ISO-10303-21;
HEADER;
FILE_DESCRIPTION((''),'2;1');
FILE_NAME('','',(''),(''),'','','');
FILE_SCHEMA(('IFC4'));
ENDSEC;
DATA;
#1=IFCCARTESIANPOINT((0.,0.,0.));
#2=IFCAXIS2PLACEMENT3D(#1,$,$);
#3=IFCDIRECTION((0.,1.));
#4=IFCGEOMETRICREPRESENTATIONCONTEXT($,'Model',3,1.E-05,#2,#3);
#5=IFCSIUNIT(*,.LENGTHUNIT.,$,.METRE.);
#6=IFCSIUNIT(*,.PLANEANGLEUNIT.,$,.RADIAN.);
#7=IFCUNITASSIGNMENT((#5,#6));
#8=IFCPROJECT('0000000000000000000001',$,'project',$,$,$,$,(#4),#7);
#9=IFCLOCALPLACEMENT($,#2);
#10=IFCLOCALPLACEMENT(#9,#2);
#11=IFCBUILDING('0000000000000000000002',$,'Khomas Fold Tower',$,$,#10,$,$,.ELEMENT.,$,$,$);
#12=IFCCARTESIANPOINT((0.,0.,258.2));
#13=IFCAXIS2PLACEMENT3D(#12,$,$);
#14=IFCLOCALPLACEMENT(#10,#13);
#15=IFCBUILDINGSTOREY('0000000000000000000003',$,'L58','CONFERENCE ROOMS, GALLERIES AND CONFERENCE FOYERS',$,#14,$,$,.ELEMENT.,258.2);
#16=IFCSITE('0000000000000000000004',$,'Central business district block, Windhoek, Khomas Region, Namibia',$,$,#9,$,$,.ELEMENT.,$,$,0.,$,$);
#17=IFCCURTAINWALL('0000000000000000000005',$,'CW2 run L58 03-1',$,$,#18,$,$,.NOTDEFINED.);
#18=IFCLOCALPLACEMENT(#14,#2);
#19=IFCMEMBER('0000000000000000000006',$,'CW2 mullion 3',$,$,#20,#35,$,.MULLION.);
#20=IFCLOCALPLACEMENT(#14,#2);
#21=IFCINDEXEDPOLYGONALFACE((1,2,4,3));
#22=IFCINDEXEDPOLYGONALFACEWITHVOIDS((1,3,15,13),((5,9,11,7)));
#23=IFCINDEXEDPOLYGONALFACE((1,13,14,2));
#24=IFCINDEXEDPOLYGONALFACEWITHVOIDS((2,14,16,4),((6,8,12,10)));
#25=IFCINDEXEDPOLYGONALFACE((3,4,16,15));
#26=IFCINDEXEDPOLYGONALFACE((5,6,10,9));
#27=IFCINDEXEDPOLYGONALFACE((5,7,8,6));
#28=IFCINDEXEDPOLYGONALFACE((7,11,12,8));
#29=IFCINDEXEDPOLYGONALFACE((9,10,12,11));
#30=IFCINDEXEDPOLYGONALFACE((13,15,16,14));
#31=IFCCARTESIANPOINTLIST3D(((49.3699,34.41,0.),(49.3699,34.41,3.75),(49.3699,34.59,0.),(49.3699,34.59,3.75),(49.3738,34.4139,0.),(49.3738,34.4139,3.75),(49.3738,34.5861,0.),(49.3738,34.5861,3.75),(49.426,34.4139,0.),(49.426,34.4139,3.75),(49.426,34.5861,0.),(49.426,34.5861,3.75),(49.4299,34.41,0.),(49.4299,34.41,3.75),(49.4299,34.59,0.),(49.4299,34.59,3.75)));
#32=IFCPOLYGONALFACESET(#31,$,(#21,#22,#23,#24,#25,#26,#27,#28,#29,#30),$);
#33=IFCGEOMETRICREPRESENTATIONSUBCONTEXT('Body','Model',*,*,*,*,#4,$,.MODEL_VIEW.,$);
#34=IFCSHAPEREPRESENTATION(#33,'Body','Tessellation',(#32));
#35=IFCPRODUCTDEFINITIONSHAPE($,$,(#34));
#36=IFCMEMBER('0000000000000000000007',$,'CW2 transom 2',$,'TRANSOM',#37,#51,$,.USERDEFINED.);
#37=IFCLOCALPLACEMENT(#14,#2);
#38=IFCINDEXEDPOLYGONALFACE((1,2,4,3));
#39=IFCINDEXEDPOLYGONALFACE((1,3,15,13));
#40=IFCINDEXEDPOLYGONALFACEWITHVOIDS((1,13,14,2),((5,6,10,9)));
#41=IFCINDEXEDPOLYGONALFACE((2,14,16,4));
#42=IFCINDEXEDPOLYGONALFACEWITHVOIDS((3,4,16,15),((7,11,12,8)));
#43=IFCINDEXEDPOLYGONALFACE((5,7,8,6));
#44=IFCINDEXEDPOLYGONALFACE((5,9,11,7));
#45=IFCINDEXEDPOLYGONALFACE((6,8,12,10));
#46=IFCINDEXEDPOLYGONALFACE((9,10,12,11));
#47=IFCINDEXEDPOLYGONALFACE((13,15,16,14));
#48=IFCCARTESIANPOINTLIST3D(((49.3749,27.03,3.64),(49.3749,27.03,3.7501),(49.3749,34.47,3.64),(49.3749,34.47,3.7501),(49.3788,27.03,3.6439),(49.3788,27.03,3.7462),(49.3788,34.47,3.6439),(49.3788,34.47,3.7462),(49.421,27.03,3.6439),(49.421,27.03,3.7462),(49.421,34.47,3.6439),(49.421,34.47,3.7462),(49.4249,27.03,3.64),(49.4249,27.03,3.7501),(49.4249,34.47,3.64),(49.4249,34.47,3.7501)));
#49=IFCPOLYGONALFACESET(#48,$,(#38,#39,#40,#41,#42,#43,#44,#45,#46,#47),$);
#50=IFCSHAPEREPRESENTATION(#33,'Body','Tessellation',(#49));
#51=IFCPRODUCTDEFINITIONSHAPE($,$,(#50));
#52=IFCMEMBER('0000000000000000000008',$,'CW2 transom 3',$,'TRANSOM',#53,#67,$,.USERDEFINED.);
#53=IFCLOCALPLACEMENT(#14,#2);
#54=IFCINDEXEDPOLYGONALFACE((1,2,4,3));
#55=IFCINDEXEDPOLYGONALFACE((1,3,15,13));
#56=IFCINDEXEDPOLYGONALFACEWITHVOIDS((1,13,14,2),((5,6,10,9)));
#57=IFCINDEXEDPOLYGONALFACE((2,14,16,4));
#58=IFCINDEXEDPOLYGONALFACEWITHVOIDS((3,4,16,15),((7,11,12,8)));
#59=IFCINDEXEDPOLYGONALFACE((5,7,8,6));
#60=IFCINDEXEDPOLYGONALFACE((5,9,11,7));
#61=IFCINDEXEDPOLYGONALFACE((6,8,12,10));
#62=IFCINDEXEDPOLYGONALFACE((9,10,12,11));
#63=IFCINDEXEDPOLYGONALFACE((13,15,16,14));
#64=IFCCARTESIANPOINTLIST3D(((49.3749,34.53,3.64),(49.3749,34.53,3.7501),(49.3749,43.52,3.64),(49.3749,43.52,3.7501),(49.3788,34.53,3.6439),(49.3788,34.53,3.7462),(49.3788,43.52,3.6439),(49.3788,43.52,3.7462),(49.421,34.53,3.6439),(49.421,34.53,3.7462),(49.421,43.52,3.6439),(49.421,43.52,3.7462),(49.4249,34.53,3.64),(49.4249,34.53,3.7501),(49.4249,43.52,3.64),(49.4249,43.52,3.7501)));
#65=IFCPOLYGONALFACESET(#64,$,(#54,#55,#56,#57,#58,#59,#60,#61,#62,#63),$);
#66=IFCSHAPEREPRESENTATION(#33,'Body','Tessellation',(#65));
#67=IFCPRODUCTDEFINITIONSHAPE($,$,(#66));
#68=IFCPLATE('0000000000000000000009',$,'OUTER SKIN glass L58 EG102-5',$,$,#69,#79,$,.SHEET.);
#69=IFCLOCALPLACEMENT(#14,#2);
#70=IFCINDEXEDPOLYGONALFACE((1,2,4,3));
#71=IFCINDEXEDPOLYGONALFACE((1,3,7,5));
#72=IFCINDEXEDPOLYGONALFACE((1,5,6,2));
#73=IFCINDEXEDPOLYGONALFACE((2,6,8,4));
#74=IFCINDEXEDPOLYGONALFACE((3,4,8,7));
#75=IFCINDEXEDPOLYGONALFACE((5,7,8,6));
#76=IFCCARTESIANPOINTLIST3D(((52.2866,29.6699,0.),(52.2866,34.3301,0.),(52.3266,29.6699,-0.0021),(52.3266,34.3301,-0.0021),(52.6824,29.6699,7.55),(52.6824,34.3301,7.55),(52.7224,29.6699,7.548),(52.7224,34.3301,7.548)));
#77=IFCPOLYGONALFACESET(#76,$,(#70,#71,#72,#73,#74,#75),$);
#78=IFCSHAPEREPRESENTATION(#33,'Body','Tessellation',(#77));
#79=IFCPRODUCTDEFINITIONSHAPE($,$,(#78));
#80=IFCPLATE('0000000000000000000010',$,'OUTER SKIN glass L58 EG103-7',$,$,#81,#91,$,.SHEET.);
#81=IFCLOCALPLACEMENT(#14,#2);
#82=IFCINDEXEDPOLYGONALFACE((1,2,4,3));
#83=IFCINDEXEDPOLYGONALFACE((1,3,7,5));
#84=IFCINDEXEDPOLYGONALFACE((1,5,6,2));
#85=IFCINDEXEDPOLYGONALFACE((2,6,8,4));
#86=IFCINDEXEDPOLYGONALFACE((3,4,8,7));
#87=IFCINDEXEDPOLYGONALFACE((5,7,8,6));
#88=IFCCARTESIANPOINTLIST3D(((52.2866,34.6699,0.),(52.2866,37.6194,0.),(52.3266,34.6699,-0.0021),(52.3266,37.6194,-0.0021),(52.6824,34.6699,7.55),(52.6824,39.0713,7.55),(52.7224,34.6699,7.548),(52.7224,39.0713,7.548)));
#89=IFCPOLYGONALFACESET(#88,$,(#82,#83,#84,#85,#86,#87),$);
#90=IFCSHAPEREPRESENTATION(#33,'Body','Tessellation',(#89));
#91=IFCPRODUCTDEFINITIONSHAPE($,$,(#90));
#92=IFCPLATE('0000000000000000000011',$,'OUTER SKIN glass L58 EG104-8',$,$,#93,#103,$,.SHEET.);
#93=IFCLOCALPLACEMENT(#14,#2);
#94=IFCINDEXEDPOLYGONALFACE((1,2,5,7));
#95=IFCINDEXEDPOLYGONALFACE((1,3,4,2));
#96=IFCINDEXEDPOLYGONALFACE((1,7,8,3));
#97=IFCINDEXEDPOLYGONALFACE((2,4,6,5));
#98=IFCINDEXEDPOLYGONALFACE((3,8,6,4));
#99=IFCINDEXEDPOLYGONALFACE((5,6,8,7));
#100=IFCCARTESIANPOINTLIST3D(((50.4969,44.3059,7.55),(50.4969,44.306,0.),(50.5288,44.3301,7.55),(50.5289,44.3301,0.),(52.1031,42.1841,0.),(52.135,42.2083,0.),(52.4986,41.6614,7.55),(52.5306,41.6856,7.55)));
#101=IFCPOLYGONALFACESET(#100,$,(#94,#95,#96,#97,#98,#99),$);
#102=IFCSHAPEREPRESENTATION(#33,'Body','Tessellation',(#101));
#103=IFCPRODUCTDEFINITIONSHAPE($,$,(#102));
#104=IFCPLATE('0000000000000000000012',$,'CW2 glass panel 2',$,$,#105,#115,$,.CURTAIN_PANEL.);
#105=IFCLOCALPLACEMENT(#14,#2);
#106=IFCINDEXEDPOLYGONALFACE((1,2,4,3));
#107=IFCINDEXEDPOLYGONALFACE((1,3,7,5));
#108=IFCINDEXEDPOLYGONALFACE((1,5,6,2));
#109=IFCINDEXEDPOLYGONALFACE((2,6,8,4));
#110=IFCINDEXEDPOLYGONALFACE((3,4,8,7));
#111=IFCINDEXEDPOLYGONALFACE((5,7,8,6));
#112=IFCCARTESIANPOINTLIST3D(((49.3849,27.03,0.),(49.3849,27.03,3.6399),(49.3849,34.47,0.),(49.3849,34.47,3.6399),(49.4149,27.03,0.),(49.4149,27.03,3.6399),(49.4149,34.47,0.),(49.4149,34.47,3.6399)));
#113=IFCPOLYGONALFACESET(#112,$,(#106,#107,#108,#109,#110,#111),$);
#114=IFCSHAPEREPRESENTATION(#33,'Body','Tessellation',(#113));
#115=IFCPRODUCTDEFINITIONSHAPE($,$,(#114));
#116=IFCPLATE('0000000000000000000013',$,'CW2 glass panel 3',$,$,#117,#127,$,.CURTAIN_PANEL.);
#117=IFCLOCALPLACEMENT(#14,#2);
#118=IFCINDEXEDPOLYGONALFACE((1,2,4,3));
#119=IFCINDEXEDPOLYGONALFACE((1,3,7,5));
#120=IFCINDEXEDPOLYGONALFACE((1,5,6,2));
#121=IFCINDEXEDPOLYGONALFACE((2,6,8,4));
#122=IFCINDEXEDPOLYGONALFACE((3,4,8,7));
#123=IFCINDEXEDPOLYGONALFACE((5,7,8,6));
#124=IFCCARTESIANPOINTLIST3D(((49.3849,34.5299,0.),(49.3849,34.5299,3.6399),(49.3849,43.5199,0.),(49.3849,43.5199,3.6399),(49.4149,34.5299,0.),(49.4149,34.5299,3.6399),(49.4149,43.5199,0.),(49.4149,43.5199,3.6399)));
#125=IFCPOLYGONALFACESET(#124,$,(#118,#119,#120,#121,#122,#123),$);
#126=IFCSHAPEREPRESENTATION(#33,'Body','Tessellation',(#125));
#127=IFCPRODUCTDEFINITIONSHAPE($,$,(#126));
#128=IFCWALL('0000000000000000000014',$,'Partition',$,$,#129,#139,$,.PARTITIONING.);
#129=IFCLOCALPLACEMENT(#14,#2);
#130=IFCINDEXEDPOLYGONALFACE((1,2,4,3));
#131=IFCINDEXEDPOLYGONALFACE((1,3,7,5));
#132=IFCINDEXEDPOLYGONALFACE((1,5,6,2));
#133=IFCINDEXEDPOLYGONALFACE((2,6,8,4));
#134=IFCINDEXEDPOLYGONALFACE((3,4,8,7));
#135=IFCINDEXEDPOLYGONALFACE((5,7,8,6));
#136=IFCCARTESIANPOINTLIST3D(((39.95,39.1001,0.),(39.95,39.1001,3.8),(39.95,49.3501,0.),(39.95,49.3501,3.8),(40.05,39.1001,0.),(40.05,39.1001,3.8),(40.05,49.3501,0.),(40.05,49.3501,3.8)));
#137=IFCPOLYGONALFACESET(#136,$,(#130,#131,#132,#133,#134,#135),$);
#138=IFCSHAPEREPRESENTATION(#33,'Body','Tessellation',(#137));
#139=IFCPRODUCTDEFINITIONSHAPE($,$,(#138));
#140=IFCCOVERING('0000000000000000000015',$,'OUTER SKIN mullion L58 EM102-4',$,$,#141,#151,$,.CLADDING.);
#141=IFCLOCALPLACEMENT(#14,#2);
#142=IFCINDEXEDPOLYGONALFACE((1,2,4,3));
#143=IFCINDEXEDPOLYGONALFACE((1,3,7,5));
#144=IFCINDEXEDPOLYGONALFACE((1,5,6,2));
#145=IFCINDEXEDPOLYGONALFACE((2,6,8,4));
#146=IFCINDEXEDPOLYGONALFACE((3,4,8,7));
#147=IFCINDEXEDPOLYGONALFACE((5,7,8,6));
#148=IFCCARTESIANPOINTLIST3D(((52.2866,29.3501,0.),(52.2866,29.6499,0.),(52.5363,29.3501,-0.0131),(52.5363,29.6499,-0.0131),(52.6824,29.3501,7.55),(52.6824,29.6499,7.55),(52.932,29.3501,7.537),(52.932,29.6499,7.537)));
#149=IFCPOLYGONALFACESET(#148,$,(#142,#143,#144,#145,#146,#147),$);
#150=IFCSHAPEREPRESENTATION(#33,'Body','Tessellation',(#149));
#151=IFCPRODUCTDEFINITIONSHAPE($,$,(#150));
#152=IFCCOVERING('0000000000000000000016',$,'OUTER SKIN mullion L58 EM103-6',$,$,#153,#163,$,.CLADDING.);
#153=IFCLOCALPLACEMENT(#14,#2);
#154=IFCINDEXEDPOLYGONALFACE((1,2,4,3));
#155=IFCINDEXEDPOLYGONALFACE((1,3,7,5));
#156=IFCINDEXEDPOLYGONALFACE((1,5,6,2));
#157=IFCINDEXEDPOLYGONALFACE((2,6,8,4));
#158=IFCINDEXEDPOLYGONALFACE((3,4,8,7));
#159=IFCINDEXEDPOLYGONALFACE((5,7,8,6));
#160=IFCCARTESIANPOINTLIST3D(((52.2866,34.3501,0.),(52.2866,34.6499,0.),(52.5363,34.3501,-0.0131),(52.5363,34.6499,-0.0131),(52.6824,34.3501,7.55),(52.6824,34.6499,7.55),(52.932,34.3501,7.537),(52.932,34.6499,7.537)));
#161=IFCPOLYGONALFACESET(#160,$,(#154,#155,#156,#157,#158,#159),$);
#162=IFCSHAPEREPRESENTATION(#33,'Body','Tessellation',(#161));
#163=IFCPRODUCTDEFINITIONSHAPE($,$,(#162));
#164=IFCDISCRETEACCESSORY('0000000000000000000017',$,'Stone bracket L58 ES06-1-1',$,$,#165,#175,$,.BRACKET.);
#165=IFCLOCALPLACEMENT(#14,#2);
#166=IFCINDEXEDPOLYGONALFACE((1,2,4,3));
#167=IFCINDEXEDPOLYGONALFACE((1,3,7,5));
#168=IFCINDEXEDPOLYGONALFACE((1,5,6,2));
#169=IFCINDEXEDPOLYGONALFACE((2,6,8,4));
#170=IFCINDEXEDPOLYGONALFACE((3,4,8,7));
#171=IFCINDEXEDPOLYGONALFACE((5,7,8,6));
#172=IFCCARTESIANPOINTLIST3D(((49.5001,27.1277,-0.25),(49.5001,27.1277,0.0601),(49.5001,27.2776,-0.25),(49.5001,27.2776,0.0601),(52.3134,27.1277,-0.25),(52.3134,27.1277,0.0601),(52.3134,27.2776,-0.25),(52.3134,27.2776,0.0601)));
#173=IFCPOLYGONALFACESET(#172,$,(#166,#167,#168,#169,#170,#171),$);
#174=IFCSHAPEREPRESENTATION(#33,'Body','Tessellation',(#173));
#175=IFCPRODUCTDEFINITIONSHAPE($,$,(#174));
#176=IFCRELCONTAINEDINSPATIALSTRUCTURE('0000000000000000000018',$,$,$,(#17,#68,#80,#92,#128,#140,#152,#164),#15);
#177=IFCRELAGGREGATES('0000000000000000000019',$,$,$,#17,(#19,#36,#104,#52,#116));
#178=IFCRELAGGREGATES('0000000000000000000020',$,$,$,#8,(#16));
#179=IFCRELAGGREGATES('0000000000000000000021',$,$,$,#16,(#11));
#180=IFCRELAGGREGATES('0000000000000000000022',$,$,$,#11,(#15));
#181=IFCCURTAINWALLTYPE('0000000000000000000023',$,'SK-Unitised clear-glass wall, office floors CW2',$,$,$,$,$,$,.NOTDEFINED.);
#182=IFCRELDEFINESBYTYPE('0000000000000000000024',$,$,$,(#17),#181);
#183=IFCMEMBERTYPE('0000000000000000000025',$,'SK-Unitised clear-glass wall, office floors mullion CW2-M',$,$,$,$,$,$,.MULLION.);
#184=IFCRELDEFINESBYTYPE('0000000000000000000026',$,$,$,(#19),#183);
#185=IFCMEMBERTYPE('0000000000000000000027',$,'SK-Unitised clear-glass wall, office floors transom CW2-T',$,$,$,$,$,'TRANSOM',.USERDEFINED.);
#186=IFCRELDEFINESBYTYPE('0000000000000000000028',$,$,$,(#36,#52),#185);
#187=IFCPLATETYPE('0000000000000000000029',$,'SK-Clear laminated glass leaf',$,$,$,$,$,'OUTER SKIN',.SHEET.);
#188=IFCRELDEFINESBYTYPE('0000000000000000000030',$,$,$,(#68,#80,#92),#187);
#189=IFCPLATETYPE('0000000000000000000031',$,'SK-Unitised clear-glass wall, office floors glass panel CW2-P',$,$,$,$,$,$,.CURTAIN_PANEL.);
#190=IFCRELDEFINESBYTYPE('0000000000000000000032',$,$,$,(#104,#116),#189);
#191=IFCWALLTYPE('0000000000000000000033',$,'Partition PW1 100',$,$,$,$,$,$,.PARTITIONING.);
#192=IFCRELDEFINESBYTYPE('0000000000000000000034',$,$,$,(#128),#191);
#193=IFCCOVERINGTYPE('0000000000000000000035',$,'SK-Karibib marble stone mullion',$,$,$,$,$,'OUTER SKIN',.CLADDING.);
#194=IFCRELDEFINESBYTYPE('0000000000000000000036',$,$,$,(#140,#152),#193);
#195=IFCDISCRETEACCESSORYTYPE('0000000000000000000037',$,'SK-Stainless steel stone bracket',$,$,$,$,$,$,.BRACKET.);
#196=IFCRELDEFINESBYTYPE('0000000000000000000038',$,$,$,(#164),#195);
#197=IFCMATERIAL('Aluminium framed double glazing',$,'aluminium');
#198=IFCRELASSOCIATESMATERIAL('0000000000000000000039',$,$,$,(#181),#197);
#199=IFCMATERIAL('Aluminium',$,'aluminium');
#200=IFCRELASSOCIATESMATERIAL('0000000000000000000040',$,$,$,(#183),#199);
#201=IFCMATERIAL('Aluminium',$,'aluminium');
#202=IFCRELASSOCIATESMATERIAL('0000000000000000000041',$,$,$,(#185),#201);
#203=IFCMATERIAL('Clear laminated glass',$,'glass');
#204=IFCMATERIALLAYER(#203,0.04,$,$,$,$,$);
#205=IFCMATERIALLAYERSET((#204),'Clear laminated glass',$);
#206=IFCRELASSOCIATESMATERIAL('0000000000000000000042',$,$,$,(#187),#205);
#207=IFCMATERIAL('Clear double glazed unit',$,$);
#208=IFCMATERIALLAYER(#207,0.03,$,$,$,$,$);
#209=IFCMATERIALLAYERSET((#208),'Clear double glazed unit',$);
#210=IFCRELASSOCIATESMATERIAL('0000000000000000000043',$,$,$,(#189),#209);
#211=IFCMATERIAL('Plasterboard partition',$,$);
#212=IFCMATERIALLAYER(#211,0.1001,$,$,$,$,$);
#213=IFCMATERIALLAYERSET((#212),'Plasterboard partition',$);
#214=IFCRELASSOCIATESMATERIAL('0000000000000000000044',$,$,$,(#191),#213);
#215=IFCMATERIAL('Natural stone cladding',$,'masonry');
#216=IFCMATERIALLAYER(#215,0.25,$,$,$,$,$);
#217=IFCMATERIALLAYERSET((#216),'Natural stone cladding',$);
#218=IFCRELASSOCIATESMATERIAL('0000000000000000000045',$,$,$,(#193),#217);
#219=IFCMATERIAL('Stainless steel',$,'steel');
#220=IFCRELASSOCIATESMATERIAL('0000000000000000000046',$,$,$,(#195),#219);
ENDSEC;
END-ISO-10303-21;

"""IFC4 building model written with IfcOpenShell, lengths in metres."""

from ifc_helpers import new_model, si_unit, direction, frame, frame_2d, origin, origin_2d, place, context, subcontext, project, spatial, polyline, rectangle, hollow_rectangle, outline, extrude, source, transform, mapped, material, layer, layer_set, material_profile, profile_set, type_object, element, aggregate, save


model = new_model("IFC4")

# Units and contexts
model_context = context("Model", 3, precision=1e-05, world=origin(), true_north=direction((0.0, 1.0)))
body_context = subcontext(model_context, "Body", "Model", "MODEL_VIEW")
ifc_project = project(units=[si_unit("LENGTHUNIT", "METRE"), si_unit("PLANEANGLEUNIT", "RADIAN")], contexts=[model_context])

# Site, building, storey
site_placement = place(None, origin())
site = spatial("IfcSite", under=ifc_project, at=site_placement, Name="Central business district block, Windhoek, Khomas Region, Namibia", CompositionType="ELEMENT", RefElevation=0.0)
building_placement = place(site_placement, origin())
building = spatial("IfcBuilding", under=site, at=building_placement, Name="Khomas Fold Tower", CompositionType="ELEMENT")
storey_placement = place(building_placement, frame((0.0, 0.0, 258.2)))
storey = spatial("IfcBuildingStorey", under=building, at=storey_placement, Name="L58", Description="CONFERENCE ROOMS, GALLERIES AND CONFERENCE FOYERS", CompositionType="ELEMENT", Elevation=258.2)

# Curtain wall, members
ifc_material_1 = material(Name="Aluminium framed double glazing", Category="aluminium")
curtain_wall_type = type_object("IfcCurtainWallType", Name="SK-Unitised clear-glass wall, office floors CW2", PredefinedType="NOTDEFINED", material=ifc_material_1)
curtain_wall_placement = place(storey_placement, origin())
curtain_wall = element("IfcCurtainWall", 1, at=curtain_wall_placement, inside=storey, type_object=curtain_wall_type, Name="CW2 run L58 03-1", PredefinedType="NOTDEFINED")
ifc_material_2 = material(Name="Aluminium", Category="aluminium")
ifc_material_profile_1 = material_profile(ifc_material_2, hollow_rectangle(XDim=0.0601, YDim=0.1799, WallThickness=0.0039, at=origin_2d()), Name="SK-Unitised clear-glass wall, office floors mullion CW2-M")
ifc_profile_set_1 = profile_set([ifc_material_profile_1], Name="Aluminium")
member_type_1 = type_object("IfcMemberType", Name="SK-Unitised clear-glass wall, office floors mullion CW2-M", PredefinedType="MULLION", material=ifc_profile_set_1)
shared_shape_1 = source(origin(), body_context, "Body", "SweptSolid", [
    extrude(hollow_rectangle(XDim=0.0601, YDim=0.1799, WallThickness=0.0039, at=origin_2d()), origin(), (0.0, 0.0, 1.0), 3.75),
])
member_1_placement = place(storey_placement, frame((49.3999, 34.5, 0.0), z_axis=(0.0, 0.0, 1.0), x_axis=(-1.0, 0.0, 0.0)))
member_1 = element("IfcMember", 2, at=member_1_placement, type_object=member_type_1, Name="CW2 mullion 3", PredefinedType="MULLION", context=body_context, shape_type="MappedRepresentation", body=[
    mapped(shared_shape_1, transform((0.0, 0.0, 0.0))),
])
ifc_material_3 = material(Name="Aluminium", Category="aluminium")
ifc_material_profile_2 = material_profile(ifc_material_3, hollow_rectangle(XDim=0.05, YDim=0.1101, WallThickness=0.0039, at=origin_2d()), Name="SK-Unitised clear-glass wall, office floors transom CW2-T")
ifc_profile_set_2 = profile_set([ifc_material_profile_2], Name="Aluminium")
member_type_2 = type_object("IfcMemberType", Name="SK-Unitised clear-glass wall, office floors transom CW2-T", ElementType="TRANSOM", PredefinedType="USERDEFINED", material=ifc_profile_set_2)
shared_shape_2 = source(origin(), body_context, "Body", "SweptSolid", [
    extrude(hollow_rectangle(XDim=0.05, YDim=0.1101, WallThickness=0.0039, at=origin_2d()), origin(), (0.0, 0.0, 1.0), 7.4399),
])
member_2_placement = place(storey_placement, frame((49.3999, 27.03, 3.6951), z_axis=(0.0, 1.0, 0.0), x_axis=(-1.0, 0.0, 0.0)))
member_2 = element("IfcMember", 3, at=member_2_placement, type_object=member_type_2, Name="CW2 transom 2", ObjectType="TRANSOM", PredefinedType="USERDEFINED", context=body_context, shape_type="MappedRepresentation", body=[
    mapped(shared_shape_2, transform((0.0, 0.0, 0.0))),
])
shared_shape_3 = source(origin(), body_context, "Body", "SweptSolid", [
    extrude(hollow_rectangle(XDim=0.05, YDim=0.1101, WallThickness=0.0039, at=origin_2d()), origin(), (0.0, 0.0, 1.0), 8.99),
])
member_3_placement = place(storey_placement, frame((49.3999, 34.53, 3.6951), z_axis=(0.0, 1.0, 0.0), x_axis=(-1.0, 0.0, 0.0)))
member_3 = element("IfcMember", 4, at=member_3_placement, type_object=member_type_2, Name="CW2 transom 3", ObjectType="TRANSOM", PredefinedType="USERDEFINED", context=body_context, shape_type="MappedRepresentation", body=[
    mapped(shared_shape_3, transform((0.0, 0.0, 0.0))),
])

# Plates
ifc_material_4 = material(Name="Clear laminated glass", Category="glass")
ifc_layer_1 = layer(ifc_material_4, 0.04)
ifc_layer_set_1 = layer_set([ifc_layer_1], Name="Clear laminated glass")
plate_type_1 = type_object("IfcPlateType", Name="SK-Clear laminated glass leaf", ElementType="OUTER SKIN", PredefinedType="SHEET", material=ifc_layer_set_1)
plate_1_placement = place(storey_placement, frame((52.6824, 34.3301, 7.55), z_axis=(-0.998629, 0.0, 0.052345), x_axis=(-0.052345, 0.0, -0.998629)))
element("IfcPlate", 5, at=plate_1_placement, inside=storey, type_object=plate_type_1, Name="OUTER SKIN glass L58 EG102-5", PredefinedType="SHEET", context=body_context, shape_type="SweptSolid", body=[
    extrude(outline(polyline([(0.0, 0.0), (7.5604, 0.0), (7.5604, 4.6602), (0.0, 4.6602), (0.0, 0.0)])), origin(), (0.0, 0.0, -1.0), 0.04),
])
plate_2_placement = place(storey_placement, frame((52.6824, 39.0713, 7.55), z_axis=(-0.998629, 0.0, 0.052345), x_axis=(-0.051406, -0.188594, -0.980709)))
element("IfcPlate", 6, at=plate_2_placement, inside=storey, type_object=plate_type_1, Name="OUTER SKIN glass L58 EG103-7", PredefinedType="SHEET", context=body_context, shape_type="SweptSolid", body=[
    extrude(outline(polyline([(0.0, 0.0), (7.6986, 0.0), (8.2548, 2.8965), (0.8301, 4.3224), (0.0, 0.0)])), origin(), (0.0, 0.0, -1.0), 0.04),
])
plate_3_placement = place(storey_placement, frame((52.135, 42.2083, 0.0), z_axis=(0.797331, 0.603542, 0.000008), x_axis=(0.052195, -0.068968, 0.996253)))
element("IfcPlate", 7, at=plate_3_placement, inside=storey, type_object=plate_type_1, Name="OUTER SKIN glass L58 EG104-8", PredefinedType="SHEET", context=body_context, shape_type="SweptSolid", body=[
    extrude(outline(polyline([(0.0, 0.0), (7.5784, 0.0), (7.2916, -3.3043), (-0.2302, -2.6512), (0.0, 0.0)])), origin(), (0.0, 0.0, -1.0), 0.04),
])

# Plates
ifc_material_5 = material(Name="Clear double glazed unit")
ifc_layer_2 = layer(ifc_material_5, 0.03)
ifc_layer_set_2 = layer_set([ifc_layer_2], Name="Clear double glazed unit")
plate_type_2 = type_object("IfcPlateType", Name="SK-Unitised clear-glass wall, office floors glass panel CW2-P", PredefinedType="CURTAIN_PANEL", material=ifc_layer_set_2)
shared_shape_4 = source(origin(), body_context, "Body", "SweptSolid", [
    extrude(rectangle(XDim=7.4399, YDim=0.03, at=origin_2d()), origin(), (0.0, 0.0, 1.0), 3.6399),
])
plate_4_placement = place(storey_placement, frame((49.3999, 30.75, 0.0), z_axis=(0.0, 0.0, 1.0), x_axis=(0.0, 1.0, 0.0)))
plate_4 = element("IfcPlate", 8, at=plate_4_placement, type_object=plate_type_2, Name="CW2 glass panel 2", PredefinedType="CURTAIN_PANEL", context=body_context, shape_type="MappedRepresentation", body=[
    mapped(shared_shape_4, transform((0.0, 0.0, 0.0))),
])
shared_shape_5 = source(origin(), body_context, "Body", "SweptSolid", [
    extrude(rectangle(XDim=8.99, YDim=0.03, at=origin_2d()), origin(), (0.0, 0.0, 1.0), 3.6399),
])
plate_5_placement = place(storey_placement, frame((49.3999, 39.0249, 0.0), z_axis=(0.0, 0.0, 1.0), x_axis=(0.0, 1.0, 0.0)))
plate_5 = element("IfcPlate", 9, at=plate_5_placement, type_object=plate_type_2, Name="CW2 glass panel 3", PredefinedType="CURTAIN_PANEL", context=body_context, shape_type="MappedRepresentation", body=[
    mapped(shared_shape_5, transform((0.0, 0.0, 0.0))),
])
aggregate(curtain_wall, [member_1, member_2, plate_4, member_3, plate_5])

# Wall
ifc_material_6 = material(Name="Plasterboard partition")
ifc_layer_3 = layer(ifc_material_6, 0.1001)
ifc_layer_set_3 = layer_set([ifc_layer_3], Name="Plasterboard partition")
wall_type = type_object("IfcWallType", Name="Partition PW1 100", PredefinedType="PARTITIONING", material=ifc_layer_set_3)
shared_shape_6 = source(origin(), body_context, "Body", "SweptSolid", [
    extrude(rectangle(XDim=10.25, YDim=0.1001, at=frame_2d((5.125, 0.0))), origin(), (0.0, 0.0, 1.0), 3.8),
])
wall_placement = place(storey_placement, frame((40.0, 39.1001, 0.0), z_axis=(0.0, 0.0, 1.0), x_axis=(0.0, 1.0, 0.0)))
element("IfcWall", 10, at=wall_placement, inside=storey, type_object=wall_type, Name="Partition", PredefinedType="PARTITIONING", context=body_context, shape_type="MappedRepresentation", body=[
    mapped(shared_shape_6, transform((0.0, 0.0, 0.0))),
])

# Coverings
ifc_material_7 = material(Name="Natural stone cladding", Category="masonry")
ifc_layer_4 = layer(ifc_material_7, 0.25)
ifc_layer_set_4 = layer_set([ifc_layer_4], Name="Natural stone cladding")
covering_type = type_object("IfcCoveringType", Name="SK-Karibib marble stone mullion", ElementType="OUTER SKIN", PredefinedType="CLADDING", material=ifc_layer_set_4)
for number, where, z_axis, x_axis, name in (
    (11, (52.6824, 29.6499, 7.55), (-0.998629, 0.0, 0.052345), (-0.052345, 0.0, -0.998629), "OUTER SKIN mullion L58 EM102-4"),
    (12, (52.6824, 34.6499, 7.55), (-0.998629, 0.0, 0.052345), (-0.052345, 0.0, -0.998629), "OUTER SKIN mullion L58 EM103-6"),
):
    element("IfcCovering", number, at=place(storey_placement, frame(where, z_axis=z_axis, x_axis=x_axis)), inside=storey, type_object=covering_type, Name=name, PredefinedType="CLADDING", context=body_context, shape_type="SweptSolid", body=[
        extrude(outline(polyline([(0.0, 0.0), (7.5604, 0.0), (7.5604, 0.2998), (0.0, 0.2998), (0.0, 0.0)])), origin(), (0.0, 0.0, -1.0), 0.25),
    ])

# Discrete accessory
ifc_material_8 = material(Name="Stainless steel", Category="steel")
discrete_accessory_type = type_object("IfcDiscreteAccessoryType", Name="SK-Stainless steel stone bracket", PredefinedType="BRACKET", material=ifc_material_8)
shared_shape_7 = source(origin(), body_context, "Body", "SweptSolid", [
    extrude(rectangle(XDim=2.8132, YDim=0.1499, at=origin_2d()), origin(), (0.0, 0.0, 1.0), 0.3101),
])
for number, where, z_axis, x_axis, name in (
    (13, (50.9067, 27.2026, -0.25), (0.0, 0.0, 1.0), (1.0, 0.0, 0.0), "Stone bracket L58 ES06-1-1"),
):
    element("IfcDiscreteAccessory", number, at=place(storey_placement, frame(where, z_axis=z_axis, x_axis=x_axis)), inside=storey, type_object=discrete_accessory_type, Name=name, PredefinedType="BRACKET", context=body_context, shape_type="MappedRepresentation", body=[
        mapped(shared_shape_7, transform((0.0, 0.0, 0.0))),
    ])

save(model, "model.ifc")
